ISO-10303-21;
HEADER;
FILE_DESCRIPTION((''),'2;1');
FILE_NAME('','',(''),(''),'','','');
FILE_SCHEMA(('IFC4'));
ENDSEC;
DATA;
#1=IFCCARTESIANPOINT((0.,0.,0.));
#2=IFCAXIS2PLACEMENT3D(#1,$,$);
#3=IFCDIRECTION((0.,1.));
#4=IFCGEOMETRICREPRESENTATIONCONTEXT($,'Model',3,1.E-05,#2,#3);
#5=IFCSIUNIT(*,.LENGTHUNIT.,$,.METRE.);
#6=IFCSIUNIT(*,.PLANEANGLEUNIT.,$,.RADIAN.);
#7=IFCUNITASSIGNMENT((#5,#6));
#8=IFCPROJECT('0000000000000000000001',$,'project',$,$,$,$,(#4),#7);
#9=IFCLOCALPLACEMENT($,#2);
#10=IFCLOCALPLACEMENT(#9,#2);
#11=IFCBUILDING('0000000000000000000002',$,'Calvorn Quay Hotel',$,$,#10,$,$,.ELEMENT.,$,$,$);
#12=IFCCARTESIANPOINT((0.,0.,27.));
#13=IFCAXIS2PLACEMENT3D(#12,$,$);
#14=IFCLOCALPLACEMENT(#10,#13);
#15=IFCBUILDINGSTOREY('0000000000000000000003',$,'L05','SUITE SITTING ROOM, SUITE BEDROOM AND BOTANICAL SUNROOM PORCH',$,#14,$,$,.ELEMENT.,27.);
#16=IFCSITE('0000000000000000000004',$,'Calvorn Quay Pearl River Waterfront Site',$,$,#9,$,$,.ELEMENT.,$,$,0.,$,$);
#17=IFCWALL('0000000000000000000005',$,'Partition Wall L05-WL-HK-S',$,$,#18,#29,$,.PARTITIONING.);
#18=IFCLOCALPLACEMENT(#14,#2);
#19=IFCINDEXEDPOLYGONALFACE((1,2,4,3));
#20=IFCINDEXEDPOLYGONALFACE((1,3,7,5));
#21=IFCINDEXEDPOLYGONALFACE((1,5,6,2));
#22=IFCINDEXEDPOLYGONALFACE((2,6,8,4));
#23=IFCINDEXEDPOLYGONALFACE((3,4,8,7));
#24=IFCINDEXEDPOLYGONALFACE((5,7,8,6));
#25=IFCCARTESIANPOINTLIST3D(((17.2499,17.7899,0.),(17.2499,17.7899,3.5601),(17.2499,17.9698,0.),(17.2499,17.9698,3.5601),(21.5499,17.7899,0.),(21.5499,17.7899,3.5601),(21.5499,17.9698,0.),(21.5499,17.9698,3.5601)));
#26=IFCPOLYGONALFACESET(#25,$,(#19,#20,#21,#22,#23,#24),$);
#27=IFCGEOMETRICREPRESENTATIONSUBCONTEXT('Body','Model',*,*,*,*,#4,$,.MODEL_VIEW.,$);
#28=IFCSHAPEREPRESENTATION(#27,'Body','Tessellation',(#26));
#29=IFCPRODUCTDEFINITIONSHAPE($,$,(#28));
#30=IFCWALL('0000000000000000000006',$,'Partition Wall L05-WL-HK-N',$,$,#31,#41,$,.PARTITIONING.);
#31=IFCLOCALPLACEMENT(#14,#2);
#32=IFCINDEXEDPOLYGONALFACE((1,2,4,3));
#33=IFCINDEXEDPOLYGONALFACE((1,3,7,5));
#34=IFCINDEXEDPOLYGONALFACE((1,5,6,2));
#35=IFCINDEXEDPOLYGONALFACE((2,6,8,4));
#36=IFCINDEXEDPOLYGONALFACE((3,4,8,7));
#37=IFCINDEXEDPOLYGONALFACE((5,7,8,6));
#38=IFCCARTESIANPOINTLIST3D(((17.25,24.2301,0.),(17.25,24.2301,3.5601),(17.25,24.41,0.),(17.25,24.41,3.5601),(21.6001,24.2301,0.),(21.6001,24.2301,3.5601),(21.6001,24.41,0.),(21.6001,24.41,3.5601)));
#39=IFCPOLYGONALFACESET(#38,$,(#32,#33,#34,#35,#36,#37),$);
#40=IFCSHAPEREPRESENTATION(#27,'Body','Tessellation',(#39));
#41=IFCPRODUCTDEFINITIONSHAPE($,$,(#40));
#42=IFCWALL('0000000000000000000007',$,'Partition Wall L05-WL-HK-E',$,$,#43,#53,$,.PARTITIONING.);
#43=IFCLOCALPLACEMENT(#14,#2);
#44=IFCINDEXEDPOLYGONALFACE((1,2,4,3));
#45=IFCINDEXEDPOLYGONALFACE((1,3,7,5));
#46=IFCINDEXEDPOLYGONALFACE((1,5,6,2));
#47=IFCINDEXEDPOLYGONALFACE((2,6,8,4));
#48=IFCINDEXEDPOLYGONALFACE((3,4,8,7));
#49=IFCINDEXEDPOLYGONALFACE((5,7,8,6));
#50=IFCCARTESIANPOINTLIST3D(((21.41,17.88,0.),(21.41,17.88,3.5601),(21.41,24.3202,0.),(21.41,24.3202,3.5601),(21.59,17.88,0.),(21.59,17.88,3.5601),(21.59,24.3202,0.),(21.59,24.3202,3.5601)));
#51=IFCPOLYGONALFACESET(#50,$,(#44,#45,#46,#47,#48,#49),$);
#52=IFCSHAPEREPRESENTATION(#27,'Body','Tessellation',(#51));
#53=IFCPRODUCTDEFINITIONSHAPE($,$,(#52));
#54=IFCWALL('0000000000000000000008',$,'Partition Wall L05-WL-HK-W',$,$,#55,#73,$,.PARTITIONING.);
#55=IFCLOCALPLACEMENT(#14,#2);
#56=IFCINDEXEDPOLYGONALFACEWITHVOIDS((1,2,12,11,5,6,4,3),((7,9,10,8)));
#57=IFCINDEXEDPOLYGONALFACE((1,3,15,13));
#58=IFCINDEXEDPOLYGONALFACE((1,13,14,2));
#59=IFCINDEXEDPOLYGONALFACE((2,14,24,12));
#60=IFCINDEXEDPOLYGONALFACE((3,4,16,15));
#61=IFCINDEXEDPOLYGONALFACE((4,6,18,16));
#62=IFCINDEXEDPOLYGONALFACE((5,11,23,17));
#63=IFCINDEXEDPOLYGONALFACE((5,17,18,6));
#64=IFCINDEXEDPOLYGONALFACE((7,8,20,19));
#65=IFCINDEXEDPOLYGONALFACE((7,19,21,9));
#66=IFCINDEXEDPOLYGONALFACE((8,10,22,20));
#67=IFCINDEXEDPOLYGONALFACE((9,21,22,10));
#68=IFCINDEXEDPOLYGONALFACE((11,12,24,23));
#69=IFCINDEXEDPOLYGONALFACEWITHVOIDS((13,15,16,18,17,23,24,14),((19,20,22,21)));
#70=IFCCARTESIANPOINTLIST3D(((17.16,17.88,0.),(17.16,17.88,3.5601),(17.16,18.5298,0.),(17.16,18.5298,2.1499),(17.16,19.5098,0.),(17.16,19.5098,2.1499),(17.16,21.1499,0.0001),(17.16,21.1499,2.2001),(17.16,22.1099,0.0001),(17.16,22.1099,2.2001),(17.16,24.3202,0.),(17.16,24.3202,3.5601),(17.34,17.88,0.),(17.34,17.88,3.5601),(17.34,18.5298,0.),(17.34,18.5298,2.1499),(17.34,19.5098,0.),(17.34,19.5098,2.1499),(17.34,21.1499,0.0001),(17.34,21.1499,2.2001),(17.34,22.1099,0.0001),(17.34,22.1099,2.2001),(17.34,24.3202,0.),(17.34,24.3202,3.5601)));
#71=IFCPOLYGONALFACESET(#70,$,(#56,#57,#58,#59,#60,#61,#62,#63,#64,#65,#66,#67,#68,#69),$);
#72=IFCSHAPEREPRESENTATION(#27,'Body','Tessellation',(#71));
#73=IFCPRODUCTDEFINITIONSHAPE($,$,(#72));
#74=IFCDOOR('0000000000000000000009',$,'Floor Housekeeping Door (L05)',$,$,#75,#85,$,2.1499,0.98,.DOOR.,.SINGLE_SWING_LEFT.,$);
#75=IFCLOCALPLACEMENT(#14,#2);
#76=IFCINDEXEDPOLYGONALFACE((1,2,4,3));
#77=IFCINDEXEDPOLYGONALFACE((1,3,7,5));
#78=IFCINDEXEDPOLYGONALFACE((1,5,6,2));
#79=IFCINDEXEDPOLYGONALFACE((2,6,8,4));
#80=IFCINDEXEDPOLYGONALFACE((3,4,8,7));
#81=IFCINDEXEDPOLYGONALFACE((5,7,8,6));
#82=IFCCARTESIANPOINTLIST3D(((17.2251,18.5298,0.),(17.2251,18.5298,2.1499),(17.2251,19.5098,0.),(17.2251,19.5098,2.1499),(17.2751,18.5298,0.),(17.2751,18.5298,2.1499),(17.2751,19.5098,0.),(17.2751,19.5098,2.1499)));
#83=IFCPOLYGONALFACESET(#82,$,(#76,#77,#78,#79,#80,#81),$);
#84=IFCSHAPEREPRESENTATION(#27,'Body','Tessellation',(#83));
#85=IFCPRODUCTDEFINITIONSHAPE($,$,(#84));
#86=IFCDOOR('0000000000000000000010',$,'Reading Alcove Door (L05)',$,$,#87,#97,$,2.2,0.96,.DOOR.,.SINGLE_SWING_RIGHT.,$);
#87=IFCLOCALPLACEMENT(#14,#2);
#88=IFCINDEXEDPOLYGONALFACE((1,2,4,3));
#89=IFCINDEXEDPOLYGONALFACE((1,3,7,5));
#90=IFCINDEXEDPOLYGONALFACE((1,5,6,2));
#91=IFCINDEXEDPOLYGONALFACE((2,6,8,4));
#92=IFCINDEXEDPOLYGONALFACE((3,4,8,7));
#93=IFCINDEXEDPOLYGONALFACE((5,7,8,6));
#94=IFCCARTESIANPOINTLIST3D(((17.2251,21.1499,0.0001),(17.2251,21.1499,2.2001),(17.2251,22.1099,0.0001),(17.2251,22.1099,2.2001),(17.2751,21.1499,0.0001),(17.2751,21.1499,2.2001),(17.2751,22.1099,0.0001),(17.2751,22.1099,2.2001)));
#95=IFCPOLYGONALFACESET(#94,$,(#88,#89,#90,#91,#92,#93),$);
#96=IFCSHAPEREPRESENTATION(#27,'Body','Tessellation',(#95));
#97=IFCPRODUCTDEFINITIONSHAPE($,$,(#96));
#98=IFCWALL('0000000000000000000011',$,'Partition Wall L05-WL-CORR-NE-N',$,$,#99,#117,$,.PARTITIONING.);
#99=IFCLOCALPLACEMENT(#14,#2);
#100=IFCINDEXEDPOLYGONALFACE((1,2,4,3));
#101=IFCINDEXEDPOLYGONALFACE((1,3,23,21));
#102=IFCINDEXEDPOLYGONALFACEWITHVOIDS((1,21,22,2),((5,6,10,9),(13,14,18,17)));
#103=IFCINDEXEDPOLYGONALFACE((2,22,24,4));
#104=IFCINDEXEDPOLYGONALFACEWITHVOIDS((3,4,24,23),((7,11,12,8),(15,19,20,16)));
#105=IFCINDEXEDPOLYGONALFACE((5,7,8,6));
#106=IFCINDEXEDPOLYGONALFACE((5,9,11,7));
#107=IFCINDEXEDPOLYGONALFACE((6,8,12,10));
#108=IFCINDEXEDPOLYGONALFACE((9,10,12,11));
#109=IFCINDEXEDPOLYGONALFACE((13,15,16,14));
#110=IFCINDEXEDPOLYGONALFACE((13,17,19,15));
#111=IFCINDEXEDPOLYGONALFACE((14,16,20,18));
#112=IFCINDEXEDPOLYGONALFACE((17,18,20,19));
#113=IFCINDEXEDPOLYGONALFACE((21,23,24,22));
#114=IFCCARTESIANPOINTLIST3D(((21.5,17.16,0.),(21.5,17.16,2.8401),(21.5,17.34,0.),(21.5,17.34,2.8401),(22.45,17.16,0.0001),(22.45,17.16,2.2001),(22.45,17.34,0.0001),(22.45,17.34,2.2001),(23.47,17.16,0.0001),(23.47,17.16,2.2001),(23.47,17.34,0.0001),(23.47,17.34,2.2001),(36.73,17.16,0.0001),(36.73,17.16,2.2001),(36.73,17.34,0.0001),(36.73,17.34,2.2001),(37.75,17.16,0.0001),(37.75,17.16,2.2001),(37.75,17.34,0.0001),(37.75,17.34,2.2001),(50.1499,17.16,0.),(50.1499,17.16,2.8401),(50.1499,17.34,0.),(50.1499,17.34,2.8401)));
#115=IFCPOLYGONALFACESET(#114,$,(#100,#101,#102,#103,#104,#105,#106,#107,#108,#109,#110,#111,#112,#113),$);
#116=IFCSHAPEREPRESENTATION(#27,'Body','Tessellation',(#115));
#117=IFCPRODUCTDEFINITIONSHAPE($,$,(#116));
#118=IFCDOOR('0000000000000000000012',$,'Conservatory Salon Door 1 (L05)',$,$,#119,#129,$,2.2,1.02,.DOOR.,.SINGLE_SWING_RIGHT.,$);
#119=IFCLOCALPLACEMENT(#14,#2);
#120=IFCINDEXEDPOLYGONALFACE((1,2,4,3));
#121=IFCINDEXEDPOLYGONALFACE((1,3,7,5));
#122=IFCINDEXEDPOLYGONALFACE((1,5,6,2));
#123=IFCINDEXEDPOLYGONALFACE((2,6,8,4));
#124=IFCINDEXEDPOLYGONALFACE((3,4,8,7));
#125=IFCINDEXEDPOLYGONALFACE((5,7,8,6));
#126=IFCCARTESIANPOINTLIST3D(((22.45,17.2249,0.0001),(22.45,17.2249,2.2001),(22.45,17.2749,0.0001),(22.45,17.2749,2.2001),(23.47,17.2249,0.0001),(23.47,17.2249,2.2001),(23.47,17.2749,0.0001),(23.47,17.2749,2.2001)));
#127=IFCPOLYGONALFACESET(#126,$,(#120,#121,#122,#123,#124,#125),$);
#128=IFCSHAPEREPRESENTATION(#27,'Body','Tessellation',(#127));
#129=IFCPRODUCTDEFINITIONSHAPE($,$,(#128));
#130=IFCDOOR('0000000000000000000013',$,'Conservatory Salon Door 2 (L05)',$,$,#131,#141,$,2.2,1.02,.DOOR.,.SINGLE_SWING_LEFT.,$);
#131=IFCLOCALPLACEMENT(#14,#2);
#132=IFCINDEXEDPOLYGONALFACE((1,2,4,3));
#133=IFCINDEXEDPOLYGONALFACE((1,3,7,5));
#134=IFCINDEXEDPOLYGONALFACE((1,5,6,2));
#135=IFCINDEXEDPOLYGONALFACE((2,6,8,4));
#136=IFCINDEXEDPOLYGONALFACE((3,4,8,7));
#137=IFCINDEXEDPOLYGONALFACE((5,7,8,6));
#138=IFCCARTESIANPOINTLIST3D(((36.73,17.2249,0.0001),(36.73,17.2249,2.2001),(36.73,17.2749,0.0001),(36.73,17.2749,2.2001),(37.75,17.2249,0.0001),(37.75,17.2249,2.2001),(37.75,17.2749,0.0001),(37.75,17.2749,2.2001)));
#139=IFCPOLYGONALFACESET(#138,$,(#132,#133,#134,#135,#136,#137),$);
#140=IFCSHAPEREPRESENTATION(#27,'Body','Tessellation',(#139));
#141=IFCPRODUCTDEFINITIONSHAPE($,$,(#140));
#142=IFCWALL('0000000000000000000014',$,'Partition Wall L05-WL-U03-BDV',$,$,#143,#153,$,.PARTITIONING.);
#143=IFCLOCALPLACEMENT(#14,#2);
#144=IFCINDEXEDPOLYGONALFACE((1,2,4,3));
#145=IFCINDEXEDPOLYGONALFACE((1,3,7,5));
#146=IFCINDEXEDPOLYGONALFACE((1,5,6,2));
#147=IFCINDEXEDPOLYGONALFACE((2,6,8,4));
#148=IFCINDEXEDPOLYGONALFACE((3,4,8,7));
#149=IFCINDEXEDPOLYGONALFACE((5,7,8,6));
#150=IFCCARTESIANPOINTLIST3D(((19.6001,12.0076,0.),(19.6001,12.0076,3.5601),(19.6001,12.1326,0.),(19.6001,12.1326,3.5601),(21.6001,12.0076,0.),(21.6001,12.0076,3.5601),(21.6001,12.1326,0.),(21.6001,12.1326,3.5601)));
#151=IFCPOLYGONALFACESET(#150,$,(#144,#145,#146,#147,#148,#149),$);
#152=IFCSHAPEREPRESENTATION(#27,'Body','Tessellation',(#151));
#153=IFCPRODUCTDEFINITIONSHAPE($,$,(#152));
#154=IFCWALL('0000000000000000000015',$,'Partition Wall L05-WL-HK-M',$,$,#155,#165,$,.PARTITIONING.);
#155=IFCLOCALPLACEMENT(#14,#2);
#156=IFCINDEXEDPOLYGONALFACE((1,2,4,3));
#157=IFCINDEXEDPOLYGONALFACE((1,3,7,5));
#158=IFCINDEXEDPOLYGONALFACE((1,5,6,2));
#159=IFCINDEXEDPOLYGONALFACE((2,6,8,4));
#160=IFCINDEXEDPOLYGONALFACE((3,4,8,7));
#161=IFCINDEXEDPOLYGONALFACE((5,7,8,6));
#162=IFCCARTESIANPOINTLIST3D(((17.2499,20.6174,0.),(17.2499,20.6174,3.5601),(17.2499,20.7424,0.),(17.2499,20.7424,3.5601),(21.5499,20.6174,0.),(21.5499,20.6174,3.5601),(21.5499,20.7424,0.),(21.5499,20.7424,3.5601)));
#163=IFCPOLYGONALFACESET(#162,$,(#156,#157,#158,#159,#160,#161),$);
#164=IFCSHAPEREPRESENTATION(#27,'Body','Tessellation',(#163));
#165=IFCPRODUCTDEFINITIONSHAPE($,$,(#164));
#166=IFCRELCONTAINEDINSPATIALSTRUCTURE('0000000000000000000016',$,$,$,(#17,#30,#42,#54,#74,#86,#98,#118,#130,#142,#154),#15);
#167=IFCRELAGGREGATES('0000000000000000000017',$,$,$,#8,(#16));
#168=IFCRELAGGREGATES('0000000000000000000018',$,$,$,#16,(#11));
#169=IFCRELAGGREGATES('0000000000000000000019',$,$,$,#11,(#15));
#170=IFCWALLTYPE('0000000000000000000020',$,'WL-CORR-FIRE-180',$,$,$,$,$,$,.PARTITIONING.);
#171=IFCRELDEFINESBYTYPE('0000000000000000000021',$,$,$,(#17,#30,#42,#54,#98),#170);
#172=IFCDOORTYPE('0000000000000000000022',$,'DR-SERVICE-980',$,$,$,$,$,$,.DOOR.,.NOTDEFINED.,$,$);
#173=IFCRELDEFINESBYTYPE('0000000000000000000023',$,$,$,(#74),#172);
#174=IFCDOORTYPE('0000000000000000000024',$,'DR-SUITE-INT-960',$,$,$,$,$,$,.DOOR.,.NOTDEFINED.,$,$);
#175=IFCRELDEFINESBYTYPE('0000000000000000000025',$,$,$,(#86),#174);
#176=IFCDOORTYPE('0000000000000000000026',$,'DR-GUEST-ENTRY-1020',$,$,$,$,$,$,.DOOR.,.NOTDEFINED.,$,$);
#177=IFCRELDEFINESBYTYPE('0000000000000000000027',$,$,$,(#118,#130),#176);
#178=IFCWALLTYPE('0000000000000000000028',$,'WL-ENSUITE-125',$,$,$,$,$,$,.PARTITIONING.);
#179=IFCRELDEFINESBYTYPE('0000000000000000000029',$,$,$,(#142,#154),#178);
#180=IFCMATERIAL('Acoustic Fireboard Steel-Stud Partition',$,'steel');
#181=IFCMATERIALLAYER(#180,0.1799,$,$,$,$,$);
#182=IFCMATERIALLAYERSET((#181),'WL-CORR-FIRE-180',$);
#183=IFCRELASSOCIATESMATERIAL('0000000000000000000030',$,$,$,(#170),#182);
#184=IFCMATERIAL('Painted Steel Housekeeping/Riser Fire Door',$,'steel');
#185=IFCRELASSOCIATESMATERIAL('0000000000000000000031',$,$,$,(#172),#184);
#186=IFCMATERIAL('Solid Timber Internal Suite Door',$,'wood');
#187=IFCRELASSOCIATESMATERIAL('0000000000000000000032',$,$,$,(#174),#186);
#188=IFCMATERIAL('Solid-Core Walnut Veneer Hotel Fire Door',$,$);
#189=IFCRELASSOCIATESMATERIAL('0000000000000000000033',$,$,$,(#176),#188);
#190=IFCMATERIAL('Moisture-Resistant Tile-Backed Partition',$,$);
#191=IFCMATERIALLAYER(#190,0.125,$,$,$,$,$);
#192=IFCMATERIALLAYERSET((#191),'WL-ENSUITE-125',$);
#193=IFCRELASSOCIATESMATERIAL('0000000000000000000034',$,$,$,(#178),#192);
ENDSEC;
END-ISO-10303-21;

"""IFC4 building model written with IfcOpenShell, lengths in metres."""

from ifc_helpers import new_model, si_unit, direction, frame, frame_2d, origin, place, context, subcontext, project, spatial, rectangle, extrude, material, layer, layer_set, type_object, element, fill, save


model = new_model("IFC4")

# Units and contexts
model_context = context("Model", 3, precision=1e-05, world=origin(), true_north=direction((0.0, 1.0)))
body_context = subcontext(model_context, "Body", "Model", "MODEL_VIEW")
ifc_project = project(units=[si_unit("LENGTHUNIT", "METRE"), si_unit("PLANEANGLEUNIT", "RADIAN")], contexts=[model_context])

# Site, building, storey
site_placement = place(None, origin())
site = spatial("IfcSite", under=ifc_project, at=site_placement, Name="Calvorn Quay Pearl River Waterfront Site", CompositionType="ELEMENT", RefElevation=0.0)
building_placement = place(site_placement, origin())
building = spatial("IfcBuilding", under=site, at=building_placement, Name="Calvorn Quay Hotel", CompositionType="ELEMENT")
storey_placement = place(building_placement, frame((0.0, 0.0, 27.0)))
storey = spatial("IfcBuildingStorey", under=building, at=storey_placement, Name="L05", Description="SUITE SITTING ROOM, SUITE BEDROOM AND BOTANICAL SUNROOM PORCH", CompositionType="ELEMENT", Elevation=27.0)

# Walls
ifc_material_1 = material(Name="Acoustic Fireboard Steel-Stud Partition", Category="steel")
ifc_layer_1 = layer(ifc_material_1, 0.1799)
ifc_layer_set_1 = layer_set([ifc_layer_1], Name="WL-CORR-FIRE-180")
wall_type_1 = type_object("IfcWallType", Name="WL-CORR-FIRE-180", PredefinedType="PARTITIONING", material=ifc_layer_set_1)
wall_1_placement = place(storey_placement, frame((17.25, 17.8799, 0.0), z_axis=(0.0, 0.0, 1.0), x_axis=(1.0, 0.0, 0.0)))
element("IfcWall", 1, at=wall_1_placement, inside=storey, type_object=wall_type_1, Name="Partition Wall L05-WL-HK-S", PredefinedType="PARTITIONING", context=body_context, shape_type="SweptSolid", body=[
    extrude(rectangle(XDim=4.3, YDim=0.1799, at=frame_2d((2.1499, 0.0))), origin(), (0.0, 0.0, 1.0), 3.5601),
])
wall_2_placement = place(storey_placement, frame((17.25, 24.3201, 0.0), z_axis=(0.0, 0.0, 1.0), x_axis=(1.0, 0.0, 0.0)))
element("IfcWall", 2, at=wall_2_placement, inside=storey, type_object=wall_type_1, Name="Partition Wall L05-WL-HK-N", PredefinedType="PARTITIONING", context=body_context, shape_type="SweptSolid", body=[
    extrude(rectangle(XDim=4.3501, YDim=0.1799, at=frame_2d((2.175, 0.0))), origin(), (0.0, 0.0, 1.0), 3.5601),
])
wall_3_placement = place(storey_placement, frame((21.5, 17.8799, 0.0), z_axis=(0.0, 0.0, 1.0), x_axis=(0.0, 1.0, 0.0)))
element("IfcWall", 3, at=wall_3_placement, inside=storey, type_object=wall_type_1, Name="Partition Wall L05-WL-HK-E", PredefinedType="PARTITIONING", context=body_context, shape_type="SweptSolid", body=[
    extrude(rectangle(XDim=6.4402, YDim=0.1799, at=frame_2d((3.2202, 0.0))), origin(), (0.0, 0.0, 1.0), 3.5601),
])

# Walls, openings, doors
wall_4_placement = place(storey_placement, frame((17.25, 17.8799, 0.0), z_axis=(0.0, 0.0, 1.0), x_axis=(0.0, 1.0, 0.0)))
wall_4 = element("IfcWall", 4, at=wall_4_placement, inside=storey, type_object=wall_type_1, Name="Partition Wall L05-WL-HK-W", PredefinedType="PARTITIONING", context=body_context, shape_type="SweptSolid", body=[
    extrude(rectangle(XDim=6.4402, YDim=0.1799, at=frame_2d((3.2202, 0.0))), origin(), (0.0, 0.0, 1.0), 3.5601),
])
opening_1_placement = place(wall_4_placement, frame((0.6499, 0.0, 0.0)))
opening_1 = element("IfcOpeningElement", 5, at=opening_1_placement, cuts=wall_4, PredefinedType="OPENING", context=body_context, shape_type="SweptSolid", body=[
    extrude(rectangle(XDim=0.98, YDim=2.1499, at=frame_2d((0.49, 1.075))), frame((0.0, 0.0999, 0.0), z_axis=(0.0, -1.0, 0.0), x_axis=(1.0, 0.0, 0.0)), (0.0, 0.0, 1.0), 0.2),
])
opening_2_placement = place(wall_4_placement, frame((3.27, 0.0, 0.0)))
opening_2 = element("IfcOpeningElement", 6, at=opening_2_placement, cuts=wall_4, PredefinedType="OPENING", context=body_context, shape_type="SweptSolid", body=[
    extrude(rectangle(XDim=0.96, YDim=2.2, at=frame_2d((0.48, 1.1001))), frame((0.0, 0.0999, 0.0), z_axis=(0.0, -1.0, 0.0), x_axis=(1.0, 0.0, 0.0)), (0.0, 0.0, 1.0), 0.2),
])
ifc_material_2 = material(Name="Painted Steel Housekeeping/Riser Fire Door", Category="steel")
door_type_1 = type_object("IfcDoorType", Name="DR-SERVICE-980", OperationType="NOTDEFINED", PredefinedType="DOOR", material=ifc_material_2)
door_1_placement = place(opening_1_placement, origin())
door_1 = element("IfcDoor", 7, at=door_1_placement, inside=storey, type_object=door_type_1, Name="Floor Housekeeping Door (L05)", OperationType="SINGLE_SWING_LEFT", OverallHeight=2.1499, OverallWidth=0.98, PredefinedType="DOOR", context=body_context, shape_type="SweptSolid", body=[
    extrude(rectangle(XDim=0.98, YDim=2.1499, at=frame_2d((0.49, 1.075))), frame((0.0, 0.0249, 0.0), z_axis=(0.0, -1.0, 0.0), x_axis=(1.0, 0.0, 0.0)), (0.0, 0.0, 1.0), 0.05),
])
fill(opening_1, door_1)
ifc_material_3 = material(Name="Solid Timber Internal Suite Door", Category="wood")
door_type_2 = type_object("IfcDoorType", Name="DR-SUITE-INT-960", OperationType="NOTDEFINED", PredefinedType="DOOR", material=ifc_material_3)
door_2_placement = place(opening_2_placement, origin())
door_2 = element("IfcDoor", 8, at=door_2_placement, inside=storey, type_object=door_type_2, Name="Reading Alcove Door (L05)", OperationType="SINGLE_SWING_RIGHT", OverallHeight=2.2, OverallWidth=0.96, PredefinedType="DOOR", context=body_context, shape_type="SweptSolid", body=[
    extrude(rectangle(XDim=0.96, YDim=2.2, at=frame_2d((0.48, 1.1001))), frame((0.0, 0.0249, 0.0), z_axis=(0.0, -1.0, 0.0), x_axis=(1.0, 0.0, 0.0)), (0.0, 0.0, 1.0), 0.05),
])
fill(opening_2, door_2)
wall_5_placement = place(storey_placement, frame((21.5, 17.25, 0.0), z_axis=(0.0, 0.0, 1.0), x_axis=(1.0, 0.0, 0.0)))
wall_5 = element("IfcWall", 9, at=wall_5_placement, inside=storey, type_object=wall_type_1, Name="Partition Wall L05-WL-CORR-NE-N", PredefinedType="PARTITIONING", context=body_context, shape_type="SweptSolid", body=[
    extrude(rectangle(XDim=28.6499, YDim=0.1799, at=frame_2d((14.325, 0.0))), origin(), (0.0, 0.0, 1.0), 2.8401),
])
opening_3_placement = place(wall_5_placement, frame((0.95, 0.0, 0.0)))
opening_3 = element("IfcOpeningElement", 10, at=opening_3_placement, cuts=wall_5, PredefinedType="OPENING", context=body_context, shape_type="SweptSolid", body=[
    extrude(rectangle(XDim=1.02, YDim=2.2, at=frame_2d((0.51, 1.1001))), frame((0.0, 0.0999, 0.0), z_axis=(0.0, -1.0, 0.0), x_axis=(1.0, 0.0, 0.0)), (0.0, 0.0, 1.0), 0.2),
])
opening_4_placement = place(wall_5_placement, frame((15.23, 0.0, 0.0)))
opening_4 = element("IfcOpeningElement", 11, at=opening_4_placement, cuts=wall_5, PredefinedType="OPENING", context=body_context, shape_type="SweptSolid", body=[
    extrude(rectangle(XDim=1.02, YDim=2.2, at=frame_2d((0.51, 1.1001))), frame((0.0, 0.0999, 0.0), z_axis=(0.0, -1.0, 0.0), x_axis=(1.0, 0.0, 0.0)), (0.0, 0.0, 1.0), 0.2),
])
ifc_material_4 = material(Name="Solid-Core Walnut Veneer Hotel Fire Door")
door_type_3 = type_object("IfcDoorType", Name="DR-GUEST-ENTRY-1020", OperationType="NOTDEFINED", PredefinedType="DOOR", material=ifc_material_4)
door_3_placement = place(opening_3_placement, origin())
door_3 = element("IfcDoor", 12, at=door_3_placement, inside=storey, type_object=door_type_3, Name="Conservatory Salon Door 1 (L05)", OperationType="SINGLE_SWING_RIGHT", OverallHeight=2.2, OverallWidth=1.02, PredefinedType="DOOR", context=body_context, shape_type="SweptSolid", body=[
    extrude(rectangle(XDim=1.02, YDim=2.2, at=frame_2d((0.51, 1.1001))), frame((0.0, 0.0249, 0.0), z_axis=(0.0, -1.0, 0.0), x_axis=(1.0, 0.0, 0.0)), (0.0, 0.0, 1.0), 0.05),
])
fill(opening_3, door_3)
door_4_placement = place(opening_4_placement, origin())
door_4 = element("IfcDoor", 13, at=door_4_placement, inside=storey, type_object=door_type_3, Name="Conservatory Salon Door 2 (L05)", OperationType="SINGLE_SWING_LEFT", OverallHeight=2.2, OverallWidth=1.02, PredefinedType="DOOR", context=body_context, shape_type="SweptSolid", body=[
    extrude(rectangle(XDim=1.02, YDim=2.2, at=frame_2d((0.51, 1.1001))), frame((0.0, 0.0249, 0.0), z_axis=(0.0, -1.0, 0.0), x_axis=(1.0, 0.0, 0.0)), (0.0, 0.0, 1.0), 0.05),
])
fill(opening_4, door_4)

# Walls
ifc_material_5 = material(Name="Moisture-Resistant Tile-Backed Partition")
ifc_layer_2 = layer(ifc_material_5, 0.125)
ifc_layer_set_2 = layer_set([ifc_layer_2], Name="WL-ENSUITE-125")
wall_type_2 = type_object("IfcWallType", Name="WL-ENSUITE-125", PredefinedType="PARTITIONING", material=ifc_layer_set_2)
wall_6_placement = place(storey_placement, frame((19.6001, 12.0701, 0.0), z_axis=(0.0, 0.0, 1.0), x_axis=(1.0, 0.0, 0.0)))
element("IfcWall", 14, at=wall_6_placement, inside=storey, type_object=wall_type_2, Name="Partition Wall L05-WL-U03-BDV", PredefinedType="PARTITIONING", context=body_context, shape_type="SweptSolid", body=[
    extrude(rectangle(XDim=2.0, YDim=0.125, at=frame_2d((1.0, 0.0))), origin(), (0.0, 0.0, 1.0), 3.5601),
])
wall_7_placement = place(storey_placement, frame((17.25, 20.6799, 0.0), z_axis=(0.0, 0.0, 1.0), x_axis=(1.0, 0.0, 0.0)))
element("IfcWall", 15, at=wall_7_placement, inside=storey, type_object=wall_type_2, Name="Partition Wall L05-WL-HK-M", PredefinedType="PARTITIONING", context=body_context, shape_type="SweptSolid", body=[
    extrude(rectangle(XDim=4.3, YDim=0.125, at=frame_2d((2.1499, 0.0))), origin(), (0.0, 0.0, 1.0), 3.5601),
])

save(model, "model.ifc")
